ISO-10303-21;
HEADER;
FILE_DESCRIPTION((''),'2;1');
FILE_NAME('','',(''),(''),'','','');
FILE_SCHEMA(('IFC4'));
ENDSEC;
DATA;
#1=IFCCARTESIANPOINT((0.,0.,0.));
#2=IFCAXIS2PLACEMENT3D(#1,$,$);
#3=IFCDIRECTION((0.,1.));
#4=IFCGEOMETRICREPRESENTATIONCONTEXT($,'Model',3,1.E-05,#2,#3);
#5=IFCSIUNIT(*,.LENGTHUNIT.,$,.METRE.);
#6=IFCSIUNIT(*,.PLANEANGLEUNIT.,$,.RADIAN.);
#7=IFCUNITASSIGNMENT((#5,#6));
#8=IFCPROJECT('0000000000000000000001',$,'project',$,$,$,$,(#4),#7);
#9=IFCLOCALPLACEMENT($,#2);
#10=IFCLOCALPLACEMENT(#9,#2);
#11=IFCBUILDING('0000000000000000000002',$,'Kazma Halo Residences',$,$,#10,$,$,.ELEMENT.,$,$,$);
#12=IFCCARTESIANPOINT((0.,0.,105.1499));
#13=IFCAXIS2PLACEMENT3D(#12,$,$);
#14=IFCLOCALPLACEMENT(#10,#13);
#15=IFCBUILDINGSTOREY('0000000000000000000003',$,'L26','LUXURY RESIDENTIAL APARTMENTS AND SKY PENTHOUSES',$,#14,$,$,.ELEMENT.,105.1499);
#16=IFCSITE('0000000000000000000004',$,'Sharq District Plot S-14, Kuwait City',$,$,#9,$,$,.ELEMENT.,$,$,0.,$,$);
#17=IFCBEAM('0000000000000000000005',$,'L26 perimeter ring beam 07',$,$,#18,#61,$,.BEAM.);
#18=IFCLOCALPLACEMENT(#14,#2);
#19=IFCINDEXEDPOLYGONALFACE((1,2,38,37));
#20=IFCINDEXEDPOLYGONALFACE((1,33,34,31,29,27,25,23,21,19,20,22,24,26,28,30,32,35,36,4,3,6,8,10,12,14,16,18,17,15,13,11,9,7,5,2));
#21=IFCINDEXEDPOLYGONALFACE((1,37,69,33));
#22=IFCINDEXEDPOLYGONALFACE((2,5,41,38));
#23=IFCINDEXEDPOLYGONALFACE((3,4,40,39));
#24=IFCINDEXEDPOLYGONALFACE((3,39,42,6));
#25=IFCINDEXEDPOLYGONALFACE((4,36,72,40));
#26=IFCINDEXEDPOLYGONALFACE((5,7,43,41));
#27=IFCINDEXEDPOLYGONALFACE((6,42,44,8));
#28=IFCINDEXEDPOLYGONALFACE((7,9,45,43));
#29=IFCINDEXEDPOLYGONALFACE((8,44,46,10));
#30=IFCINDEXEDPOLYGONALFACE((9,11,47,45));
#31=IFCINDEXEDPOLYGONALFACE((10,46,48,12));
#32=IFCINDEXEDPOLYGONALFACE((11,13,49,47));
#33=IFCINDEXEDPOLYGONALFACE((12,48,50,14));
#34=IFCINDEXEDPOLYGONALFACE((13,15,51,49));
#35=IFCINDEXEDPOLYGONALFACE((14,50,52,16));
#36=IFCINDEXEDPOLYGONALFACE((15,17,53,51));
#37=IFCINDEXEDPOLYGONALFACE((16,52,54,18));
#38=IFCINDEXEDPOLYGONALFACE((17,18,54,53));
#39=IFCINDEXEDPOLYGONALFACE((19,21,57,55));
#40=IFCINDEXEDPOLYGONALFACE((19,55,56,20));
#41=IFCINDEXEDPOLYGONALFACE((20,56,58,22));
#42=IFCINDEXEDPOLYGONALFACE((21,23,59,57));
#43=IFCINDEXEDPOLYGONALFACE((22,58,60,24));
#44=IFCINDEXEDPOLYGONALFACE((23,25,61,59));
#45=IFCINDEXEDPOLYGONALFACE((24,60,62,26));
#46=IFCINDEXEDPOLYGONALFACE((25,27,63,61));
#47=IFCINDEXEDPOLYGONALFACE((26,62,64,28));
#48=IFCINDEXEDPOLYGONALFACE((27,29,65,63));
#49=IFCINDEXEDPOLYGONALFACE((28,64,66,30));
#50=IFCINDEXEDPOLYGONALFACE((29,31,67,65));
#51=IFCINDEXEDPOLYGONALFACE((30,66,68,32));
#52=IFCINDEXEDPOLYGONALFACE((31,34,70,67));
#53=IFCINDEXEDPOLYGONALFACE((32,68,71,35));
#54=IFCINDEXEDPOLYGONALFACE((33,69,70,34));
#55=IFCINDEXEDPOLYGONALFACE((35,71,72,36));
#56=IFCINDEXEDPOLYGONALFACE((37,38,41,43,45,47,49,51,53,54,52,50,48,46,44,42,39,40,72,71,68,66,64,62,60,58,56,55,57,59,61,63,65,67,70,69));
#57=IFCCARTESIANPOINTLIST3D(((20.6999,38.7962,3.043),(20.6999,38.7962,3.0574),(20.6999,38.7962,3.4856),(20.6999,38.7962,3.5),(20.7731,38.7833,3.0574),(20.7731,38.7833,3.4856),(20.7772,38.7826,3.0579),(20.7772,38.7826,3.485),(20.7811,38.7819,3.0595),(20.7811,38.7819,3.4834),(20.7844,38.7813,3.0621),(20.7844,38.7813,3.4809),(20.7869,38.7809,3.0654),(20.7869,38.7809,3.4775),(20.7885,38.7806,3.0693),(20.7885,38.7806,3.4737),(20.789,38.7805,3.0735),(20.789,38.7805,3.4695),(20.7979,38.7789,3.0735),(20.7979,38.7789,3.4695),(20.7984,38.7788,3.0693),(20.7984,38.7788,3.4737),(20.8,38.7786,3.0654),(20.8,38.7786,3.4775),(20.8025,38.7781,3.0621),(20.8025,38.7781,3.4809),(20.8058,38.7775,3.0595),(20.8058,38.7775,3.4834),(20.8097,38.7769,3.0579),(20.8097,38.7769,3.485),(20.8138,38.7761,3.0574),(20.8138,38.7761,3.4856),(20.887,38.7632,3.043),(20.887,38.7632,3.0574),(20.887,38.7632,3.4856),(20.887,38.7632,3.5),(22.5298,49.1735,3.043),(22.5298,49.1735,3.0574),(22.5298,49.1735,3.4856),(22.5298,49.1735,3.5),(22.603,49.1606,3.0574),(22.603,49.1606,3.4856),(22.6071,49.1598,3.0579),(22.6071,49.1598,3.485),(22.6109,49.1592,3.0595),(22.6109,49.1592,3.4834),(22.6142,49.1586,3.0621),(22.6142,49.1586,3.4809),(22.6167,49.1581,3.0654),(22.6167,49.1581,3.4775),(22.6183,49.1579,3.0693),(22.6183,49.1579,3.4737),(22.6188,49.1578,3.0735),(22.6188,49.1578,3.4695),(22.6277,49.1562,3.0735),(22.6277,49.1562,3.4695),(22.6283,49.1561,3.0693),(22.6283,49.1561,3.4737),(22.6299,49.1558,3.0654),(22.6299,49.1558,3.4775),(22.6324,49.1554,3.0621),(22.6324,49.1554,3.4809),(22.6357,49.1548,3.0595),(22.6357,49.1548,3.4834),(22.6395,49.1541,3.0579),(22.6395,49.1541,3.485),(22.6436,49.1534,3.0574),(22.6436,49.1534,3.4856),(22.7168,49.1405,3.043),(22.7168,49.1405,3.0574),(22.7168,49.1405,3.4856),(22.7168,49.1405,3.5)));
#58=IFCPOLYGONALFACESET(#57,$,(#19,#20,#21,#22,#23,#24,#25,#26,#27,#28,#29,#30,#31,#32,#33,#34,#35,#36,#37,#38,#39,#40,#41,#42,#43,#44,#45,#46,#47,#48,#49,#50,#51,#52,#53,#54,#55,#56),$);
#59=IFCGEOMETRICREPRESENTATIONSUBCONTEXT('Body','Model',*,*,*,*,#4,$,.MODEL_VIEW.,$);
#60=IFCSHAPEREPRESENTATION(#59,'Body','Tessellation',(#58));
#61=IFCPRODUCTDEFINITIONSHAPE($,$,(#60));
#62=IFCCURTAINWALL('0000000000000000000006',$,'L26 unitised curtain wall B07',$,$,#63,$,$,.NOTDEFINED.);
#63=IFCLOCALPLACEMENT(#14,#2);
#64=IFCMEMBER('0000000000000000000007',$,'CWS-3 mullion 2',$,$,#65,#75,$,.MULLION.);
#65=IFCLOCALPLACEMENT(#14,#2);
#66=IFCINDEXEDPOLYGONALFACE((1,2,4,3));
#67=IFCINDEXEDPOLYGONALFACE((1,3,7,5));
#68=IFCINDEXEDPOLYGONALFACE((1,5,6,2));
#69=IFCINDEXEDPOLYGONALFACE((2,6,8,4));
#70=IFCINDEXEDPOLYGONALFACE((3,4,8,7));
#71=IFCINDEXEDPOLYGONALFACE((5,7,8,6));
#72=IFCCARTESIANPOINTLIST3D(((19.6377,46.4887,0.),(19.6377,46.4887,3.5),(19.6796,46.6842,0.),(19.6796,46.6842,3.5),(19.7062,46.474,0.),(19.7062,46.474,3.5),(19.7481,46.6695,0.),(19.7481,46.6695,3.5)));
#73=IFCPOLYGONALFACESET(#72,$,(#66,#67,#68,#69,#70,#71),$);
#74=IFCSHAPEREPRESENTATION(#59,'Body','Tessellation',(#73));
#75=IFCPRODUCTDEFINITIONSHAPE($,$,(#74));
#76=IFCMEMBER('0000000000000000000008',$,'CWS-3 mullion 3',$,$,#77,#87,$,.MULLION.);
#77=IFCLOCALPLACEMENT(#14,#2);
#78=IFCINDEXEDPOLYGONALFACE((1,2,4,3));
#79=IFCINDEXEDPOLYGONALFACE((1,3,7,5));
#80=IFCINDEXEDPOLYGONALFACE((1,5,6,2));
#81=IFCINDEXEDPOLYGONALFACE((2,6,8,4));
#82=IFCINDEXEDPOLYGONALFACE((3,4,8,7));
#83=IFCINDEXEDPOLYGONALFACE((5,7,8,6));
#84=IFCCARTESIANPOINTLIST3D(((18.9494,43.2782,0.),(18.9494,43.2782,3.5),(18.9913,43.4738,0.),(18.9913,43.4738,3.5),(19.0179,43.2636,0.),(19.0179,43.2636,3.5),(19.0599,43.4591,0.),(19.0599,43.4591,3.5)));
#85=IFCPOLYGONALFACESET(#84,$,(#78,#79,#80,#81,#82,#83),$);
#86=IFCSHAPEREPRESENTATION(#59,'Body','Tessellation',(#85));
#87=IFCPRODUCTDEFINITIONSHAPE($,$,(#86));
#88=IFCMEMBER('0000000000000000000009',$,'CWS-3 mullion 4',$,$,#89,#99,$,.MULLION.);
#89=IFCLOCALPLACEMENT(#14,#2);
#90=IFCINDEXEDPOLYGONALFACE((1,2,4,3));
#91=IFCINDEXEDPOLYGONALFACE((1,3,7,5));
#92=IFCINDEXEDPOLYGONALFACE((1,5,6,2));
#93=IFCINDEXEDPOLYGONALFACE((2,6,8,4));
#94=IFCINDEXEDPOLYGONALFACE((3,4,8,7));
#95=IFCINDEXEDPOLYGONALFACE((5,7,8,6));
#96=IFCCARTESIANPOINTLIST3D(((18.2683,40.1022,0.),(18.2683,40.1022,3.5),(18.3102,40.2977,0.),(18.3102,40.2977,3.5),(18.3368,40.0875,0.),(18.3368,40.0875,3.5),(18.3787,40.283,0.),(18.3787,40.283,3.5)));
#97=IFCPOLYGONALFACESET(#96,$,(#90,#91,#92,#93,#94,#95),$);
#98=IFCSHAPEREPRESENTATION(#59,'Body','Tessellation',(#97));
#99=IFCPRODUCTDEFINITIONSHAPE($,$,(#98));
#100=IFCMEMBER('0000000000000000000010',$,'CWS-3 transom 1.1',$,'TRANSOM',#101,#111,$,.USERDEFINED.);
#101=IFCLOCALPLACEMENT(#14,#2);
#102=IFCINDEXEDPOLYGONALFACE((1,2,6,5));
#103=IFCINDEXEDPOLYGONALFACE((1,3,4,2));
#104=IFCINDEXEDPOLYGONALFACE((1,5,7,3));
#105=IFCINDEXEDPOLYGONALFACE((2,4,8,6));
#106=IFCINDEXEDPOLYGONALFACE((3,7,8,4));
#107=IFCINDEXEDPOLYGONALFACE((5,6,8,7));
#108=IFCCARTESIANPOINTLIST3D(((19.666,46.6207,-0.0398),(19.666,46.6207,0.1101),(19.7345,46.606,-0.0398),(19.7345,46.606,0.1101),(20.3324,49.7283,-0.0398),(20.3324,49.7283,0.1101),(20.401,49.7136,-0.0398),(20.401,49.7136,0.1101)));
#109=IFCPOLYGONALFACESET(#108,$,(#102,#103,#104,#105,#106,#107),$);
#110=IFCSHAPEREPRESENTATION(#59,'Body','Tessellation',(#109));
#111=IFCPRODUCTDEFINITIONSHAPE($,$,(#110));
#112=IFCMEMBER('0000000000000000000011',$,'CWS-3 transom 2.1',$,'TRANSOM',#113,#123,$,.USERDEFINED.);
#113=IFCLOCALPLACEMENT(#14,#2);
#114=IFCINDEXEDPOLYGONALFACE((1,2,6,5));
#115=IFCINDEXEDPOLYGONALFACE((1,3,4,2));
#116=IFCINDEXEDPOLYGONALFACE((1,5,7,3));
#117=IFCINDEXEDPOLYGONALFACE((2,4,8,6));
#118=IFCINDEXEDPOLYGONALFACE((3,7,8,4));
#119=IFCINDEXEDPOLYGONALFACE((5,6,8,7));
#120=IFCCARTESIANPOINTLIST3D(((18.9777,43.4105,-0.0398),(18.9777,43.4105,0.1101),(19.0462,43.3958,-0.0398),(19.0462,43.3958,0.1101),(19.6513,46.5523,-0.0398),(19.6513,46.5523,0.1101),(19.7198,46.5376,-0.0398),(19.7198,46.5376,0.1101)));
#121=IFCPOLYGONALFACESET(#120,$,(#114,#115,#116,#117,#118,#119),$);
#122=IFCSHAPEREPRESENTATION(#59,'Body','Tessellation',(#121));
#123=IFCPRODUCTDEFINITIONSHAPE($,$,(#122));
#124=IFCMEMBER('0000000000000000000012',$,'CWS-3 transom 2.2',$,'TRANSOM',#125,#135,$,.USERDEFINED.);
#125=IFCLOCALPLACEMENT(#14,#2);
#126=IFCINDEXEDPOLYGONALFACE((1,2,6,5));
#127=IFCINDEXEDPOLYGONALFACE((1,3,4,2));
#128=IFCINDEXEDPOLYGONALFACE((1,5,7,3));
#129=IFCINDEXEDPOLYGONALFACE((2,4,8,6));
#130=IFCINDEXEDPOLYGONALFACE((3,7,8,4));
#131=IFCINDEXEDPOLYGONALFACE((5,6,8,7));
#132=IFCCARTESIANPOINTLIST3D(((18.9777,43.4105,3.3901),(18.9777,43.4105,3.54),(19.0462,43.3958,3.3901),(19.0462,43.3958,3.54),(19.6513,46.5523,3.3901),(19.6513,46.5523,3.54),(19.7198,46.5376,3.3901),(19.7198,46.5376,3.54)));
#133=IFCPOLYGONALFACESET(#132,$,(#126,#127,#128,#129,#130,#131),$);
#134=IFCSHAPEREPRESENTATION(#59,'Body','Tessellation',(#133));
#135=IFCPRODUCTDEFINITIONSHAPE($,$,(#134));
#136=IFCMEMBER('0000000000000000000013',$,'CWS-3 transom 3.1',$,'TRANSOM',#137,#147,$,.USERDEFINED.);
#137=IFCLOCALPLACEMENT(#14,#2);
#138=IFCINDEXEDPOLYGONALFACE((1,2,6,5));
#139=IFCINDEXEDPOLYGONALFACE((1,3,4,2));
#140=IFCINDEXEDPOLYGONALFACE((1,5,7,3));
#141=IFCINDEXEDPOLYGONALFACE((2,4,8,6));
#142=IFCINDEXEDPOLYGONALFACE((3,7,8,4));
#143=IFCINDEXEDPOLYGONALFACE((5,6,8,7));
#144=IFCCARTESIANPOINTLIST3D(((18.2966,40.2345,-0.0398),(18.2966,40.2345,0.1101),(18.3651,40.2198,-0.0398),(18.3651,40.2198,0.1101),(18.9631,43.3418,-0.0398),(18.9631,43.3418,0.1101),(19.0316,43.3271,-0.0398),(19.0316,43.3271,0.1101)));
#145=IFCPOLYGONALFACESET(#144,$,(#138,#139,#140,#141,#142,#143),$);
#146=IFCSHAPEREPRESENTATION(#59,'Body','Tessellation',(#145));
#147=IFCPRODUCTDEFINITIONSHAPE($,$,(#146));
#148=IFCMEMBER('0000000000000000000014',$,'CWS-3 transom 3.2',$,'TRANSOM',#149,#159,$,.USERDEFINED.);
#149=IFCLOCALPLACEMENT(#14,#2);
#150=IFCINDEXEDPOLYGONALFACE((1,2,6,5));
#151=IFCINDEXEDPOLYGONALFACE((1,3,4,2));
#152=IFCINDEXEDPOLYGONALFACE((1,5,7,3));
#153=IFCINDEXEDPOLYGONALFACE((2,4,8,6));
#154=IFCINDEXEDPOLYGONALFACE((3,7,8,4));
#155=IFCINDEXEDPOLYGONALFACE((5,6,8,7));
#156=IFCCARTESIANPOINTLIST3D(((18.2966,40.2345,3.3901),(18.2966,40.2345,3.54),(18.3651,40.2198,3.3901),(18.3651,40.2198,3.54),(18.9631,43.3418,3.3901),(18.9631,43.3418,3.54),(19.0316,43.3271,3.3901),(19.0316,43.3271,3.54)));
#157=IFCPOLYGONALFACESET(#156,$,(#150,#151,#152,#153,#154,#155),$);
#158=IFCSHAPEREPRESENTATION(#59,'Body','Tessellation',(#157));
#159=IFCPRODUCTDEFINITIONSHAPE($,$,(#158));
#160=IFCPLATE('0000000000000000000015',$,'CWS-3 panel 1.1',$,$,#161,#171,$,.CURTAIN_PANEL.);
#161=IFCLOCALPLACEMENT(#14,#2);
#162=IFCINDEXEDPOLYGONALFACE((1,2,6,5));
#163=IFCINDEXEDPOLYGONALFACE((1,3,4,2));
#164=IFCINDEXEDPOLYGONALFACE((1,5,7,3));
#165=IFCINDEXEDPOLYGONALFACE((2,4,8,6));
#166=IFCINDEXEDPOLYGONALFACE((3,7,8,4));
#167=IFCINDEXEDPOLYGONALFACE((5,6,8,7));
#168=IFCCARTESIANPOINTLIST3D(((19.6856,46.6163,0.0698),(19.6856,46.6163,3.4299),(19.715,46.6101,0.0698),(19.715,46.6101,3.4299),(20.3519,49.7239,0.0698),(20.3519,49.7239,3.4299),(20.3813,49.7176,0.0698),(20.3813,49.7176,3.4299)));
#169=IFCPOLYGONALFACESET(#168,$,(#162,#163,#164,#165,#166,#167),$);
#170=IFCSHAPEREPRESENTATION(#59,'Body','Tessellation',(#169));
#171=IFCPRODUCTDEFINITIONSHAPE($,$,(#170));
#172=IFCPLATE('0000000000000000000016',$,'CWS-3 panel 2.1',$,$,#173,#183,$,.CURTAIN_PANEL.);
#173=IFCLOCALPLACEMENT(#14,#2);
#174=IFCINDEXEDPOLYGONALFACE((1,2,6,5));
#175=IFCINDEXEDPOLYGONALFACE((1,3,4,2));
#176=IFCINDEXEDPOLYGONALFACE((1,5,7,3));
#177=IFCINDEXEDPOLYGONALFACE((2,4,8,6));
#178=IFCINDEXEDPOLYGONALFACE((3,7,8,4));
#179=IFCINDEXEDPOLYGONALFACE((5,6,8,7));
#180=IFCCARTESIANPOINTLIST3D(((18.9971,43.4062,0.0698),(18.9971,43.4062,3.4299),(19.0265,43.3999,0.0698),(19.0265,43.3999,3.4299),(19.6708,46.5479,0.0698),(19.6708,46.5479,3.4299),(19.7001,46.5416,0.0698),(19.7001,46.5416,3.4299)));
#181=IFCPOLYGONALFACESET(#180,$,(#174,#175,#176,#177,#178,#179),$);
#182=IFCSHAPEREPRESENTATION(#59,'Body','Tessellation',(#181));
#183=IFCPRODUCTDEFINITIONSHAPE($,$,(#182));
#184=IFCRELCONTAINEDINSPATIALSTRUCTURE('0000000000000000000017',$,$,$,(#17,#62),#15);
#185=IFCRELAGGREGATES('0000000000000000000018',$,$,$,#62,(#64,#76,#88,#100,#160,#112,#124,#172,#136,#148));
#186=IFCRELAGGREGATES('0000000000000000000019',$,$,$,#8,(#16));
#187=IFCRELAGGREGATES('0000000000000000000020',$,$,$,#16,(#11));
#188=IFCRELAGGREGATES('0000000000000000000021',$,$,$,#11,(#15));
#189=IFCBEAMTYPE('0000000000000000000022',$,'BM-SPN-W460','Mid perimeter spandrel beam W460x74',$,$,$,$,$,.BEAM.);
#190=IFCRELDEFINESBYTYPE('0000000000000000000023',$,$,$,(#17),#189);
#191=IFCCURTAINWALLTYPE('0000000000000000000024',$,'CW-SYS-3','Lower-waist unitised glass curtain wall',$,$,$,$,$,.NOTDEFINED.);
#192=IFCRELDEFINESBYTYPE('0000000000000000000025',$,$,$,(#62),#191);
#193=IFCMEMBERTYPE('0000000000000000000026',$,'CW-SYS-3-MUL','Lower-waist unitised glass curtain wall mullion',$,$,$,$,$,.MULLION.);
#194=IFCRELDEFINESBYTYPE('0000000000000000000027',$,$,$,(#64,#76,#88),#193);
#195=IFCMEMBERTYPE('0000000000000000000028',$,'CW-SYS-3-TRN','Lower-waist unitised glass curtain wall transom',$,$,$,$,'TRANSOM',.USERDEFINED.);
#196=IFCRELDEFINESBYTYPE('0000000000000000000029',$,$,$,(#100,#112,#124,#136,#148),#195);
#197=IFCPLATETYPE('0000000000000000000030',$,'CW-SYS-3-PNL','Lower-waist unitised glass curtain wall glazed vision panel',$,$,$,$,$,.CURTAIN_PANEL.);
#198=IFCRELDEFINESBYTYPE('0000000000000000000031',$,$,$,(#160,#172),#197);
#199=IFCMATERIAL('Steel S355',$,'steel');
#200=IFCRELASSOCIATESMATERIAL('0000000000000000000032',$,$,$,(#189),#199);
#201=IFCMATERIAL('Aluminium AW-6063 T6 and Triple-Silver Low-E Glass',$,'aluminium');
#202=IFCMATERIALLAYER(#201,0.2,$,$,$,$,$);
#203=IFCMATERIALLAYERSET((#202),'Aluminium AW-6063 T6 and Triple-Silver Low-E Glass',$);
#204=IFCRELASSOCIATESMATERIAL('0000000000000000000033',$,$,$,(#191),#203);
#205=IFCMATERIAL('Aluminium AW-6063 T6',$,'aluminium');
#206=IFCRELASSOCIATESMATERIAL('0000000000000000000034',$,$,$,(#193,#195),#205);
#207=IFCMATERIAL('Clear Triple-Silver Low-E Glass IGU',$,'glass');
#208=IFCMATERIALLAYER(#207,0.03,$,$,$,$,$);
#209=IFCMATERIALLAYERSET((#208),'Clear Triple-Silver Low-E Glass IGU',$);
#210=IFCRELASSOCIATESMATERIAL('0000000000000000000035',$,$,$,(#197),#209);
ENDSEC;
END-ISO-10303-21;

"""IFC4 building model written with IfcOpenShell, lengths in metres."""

from ifc_helpers import new_model, si_unit, direction, frame, origin, origin_2d, place, context, subcontext, project, spatial, rectangle, i_section, extrude, material, layer, layer_set, material_profile, profile_set, type_object, element, aggregate, save


model = new_model("IFC4")

# Units and contexts
model_context = context("Model", 3, precision=1e-05, world=origin(), true_north=direction((0.0, 1.0)))
body_context = subcontext(model_context, "Body", "Model", "MODEL_VIEW")
ifc_project = project(units=[si_unit("LENGTHUNIT", "METRE"), si_unit("PLANEANGLEUNIT", "RADIAN")], contexts=[model_context])

# Site, building, storey
site_placement = place(None, origin())
site = spatial("IfcSite", under=ifc_project, at=site_placement, Name="Sharq District Plot S-14, Kuwait City", CompositionType="ELEMENT", RefElevation=0.0)
building_placement = place(site_placement, origin())
building = spatial("IfcBuilding", under=site, at=building_placement, Name="Kazma Halo Residences", CompositionType="ELEMENT")
storey_placement = place(building_placement, frame((0.0, 0.0, 105.1499)))
storey = spatial("IfcBuildingStorey", under=building, at=storey_placement, Name="L26", Description="LUXURY RESIDENTIAL APARTMENTS AND SKY PENTHOUSES", CompositionType="ELEMENT", Elevation=105.1499)

# Beam
ifc_material_1 = material(Name="Steel S355", Category="steel")
ifc_material_profile_1 = material_profile(ifc_material_1, i_section(OverallWidth=0.1899, OverallDepth=0.457, WebThickness=0.009, FlangeThickness=0.0144, FilletRadius=0.0161, at=origin_2d()), Name="W460x74")
ifc_profile_set_1 = profile_set([ifc_material_profile_1], Name="Steel S355")
beam_type_1 = type_object("IfcBeamType", Name="BM-SPN-W460", Description="Mid perimeter spandrel beam W460x74", PredefinedType="BEAM", material=ifc_profile_set_1)
beam_1_placement = place(storey_placement, frame((22.6233, 49.157, 3.2715), z_axis=(-0.173653, -0.984807, 0.0), x_axis=(0.984807, -0.173653, 0.0)))
element("IfcBeam", 1, at=beam_1_placement, inside=storey, type_object=beam_type_1, Name="L26 perimeter ring beam 07", PredefinedType="BEAM", context=body_context, shape_type="SweptSolid", body=[
    extrude(i_section(OverallWidth=0.1899, OverallDepth=0.457, WebThickness=0.009, FlangeThickness=0.0144, FilletRadius=0.0161, at=origin_2d()), origin(), (0.0, 0.0, 1.0), 10.5374),
])

# Curtain wall, members, plates
ifc_material_2 = material(Name="Aluminium AW-6063 T6 and Triple-Silver Low-E Glass", Category="aluminium")
ifc_layer_1 = layer(ifc_material_2, 0.2)
ifc_layer_set_1 = layer_set([ifc_layer_1], Name="Aluminium AW-6063 T6 and Triple-Silver Low-E Glass")
curtain_wall_type = type_object("IfcCurtainWallType", Name="CW-SYS-3", Description="Lower-waist unitised glass curtain wall", PredefinedType="NOTDEFINED", material=ifc_layer_set_1)
curtain_wall_placement = place(storey_placement, origin())
curtain_wall = element("IfcCurtainWall", 2, at=curtain_wall_placement, inside=storey, type_object=curtain_wall_type, Name="L26 unitised curtain wall B07", PredefinedType="NOTDEFINED")
ifc_material_3 = material(Name="Aluminium AW-6063 T6", Category="aluminium")
ifc_material_profile_2 = material_profile(ifc_material_3, rectangle(XDim=0.0701, YDim=0.2, at=origin_2d()), Name="CWM-70x200")
ifc_profile_set_2 = profile_set([ifc_material_profile_2], Name="Aluminium AW-6063 T6")
member_type_1 = type_object("IfcMemberType", Name="CW-SYS-3-MUL", Description="Lower-waist unitised glass curtain wall mullion", PredefinedType="MULLION", material=ifc_profile_set_2)
member_1_placement = place(storey_placement, frame((19.6929, 46.5791, 0.0), z_axis=(0.0, 0.0, 1.0), x_axis=(0.977774, -0.209661, 0.0)))
member_1 = element("IfcMember", 3, at=member_1_placement, type_object=member_type_1, Name="CWS-3 mullion 2", PredefinedType="MULLION", context=body_context, shape_type="SweptSolid", body=[
    extrude(rectangle(XDim=0.0701, YDim=0.2, at=origin_2d()), origin(), (0.0, 0.0, 1.0), 3.5),
])
member_2_placement = place(storey_placement, frame((19.0046, 43.3687, 0.0), z_axis=(0.0, 0.0, 1.0), x_axis=(0.977774, -0.209661, 0.0)))
member_2 = element("IfcMember", 4, at=member_2_placement, type_object=member_type_1, Name="CWS-3 mullion 3", PredefinedType="MULLION", context=body_context, shape_type="SweptSolid", body=[
    extrude(rectangle(XDim=0.0701, YDim=0.2, at=origin_2d()), origin(), (0.0, 0.0, 1.0), 3.5),
])
member_3_placement = place(storey_placement, frame((18.3235, 40.1926, 0.0), z_axis=(0.0, 0.0, 1.0), x_axis=(0.977774, -0.209661, 0.0)))
member_3 = element("IfcMember", 5, at=member_3_placement, type_object=member_type_1, Name="CWS-3 mullion 4", PredefinedType="MULLION", context=body_context, shape_type="SweptSolid", body=[
    extrude(rectangle(XDim=0.0701, YDim=0.2, at=origin_2d()), origin(), (0.0, 0.0, 1.0), 3.5),
])
ifc_material_profile_3 = material_profile(ifc_material_3, rectangle(XDim=0.0701, YDim=0.1499, at=origin_2d()), Name="CWT-70x150")
ifc_profile_set_3 = profile_set([ifc_material_profile_3], Name="Aluminium AW-6063 T6")
member_type_2 = type_object("IfcMemberType", Name="CW-SYS-3-TRN", Description="Lower-waist unitised glass curtain wall transom", ElementType="TRANSOM", PredefinedType="USERDEFINED", material=ifc_profile_set_3)
member_4_placement = place(storey_placement, frame((20.3667, 49.7209, 0.0352), z_axis=(-0.209702, -0.977765, 0.0), x_axis=(0.977765, -0.209702, 0.0)))
member_4 = element("IfcMember", 6, at=member_4_placement, type_object=member_type_2, Name="CWS-3 transom 1.1", ObjectType="TRANSOM", PredefinedType="USERDEFINED", context=body_context, shape_type="SweptSolid", body=[
    extrude(rectangle(XDim=0.0701, YDim=0.1499, at=origin_2d()), origin(), (0.0, 0.0, 1.0), 3.1782),
])
member_5_placement = place(storey_placement, frame((19.6855, 46.5449, 0.0352), z_axis=(-0.209628, -0.977781, 0.0), x_axis=(0.977781, -0.209628, 0.0)))
member_5 = element("IfcMember", 7, at=member_5_placement, type_object=member_type_2, Name="CWS-3 transom 2.1", ObjectType="TRANSOM", PredefinedType="USERDEFINED", context=body_context, shape_type="SweptSolid", body=[
    extrude(rectangle(XDim=0.0701, YDim=0.1499, at=origin_2d()), origin(), (0.0, 0.0, 1.0), 3.2131),
])
member_6_placement = place(storey_placement, frame((19.6855, 46.5449, 3.4651), z_axis=(-0.209628, -0.977781, 0.0), x_axis=(0.977781, -0.209628, 0.0)))
member_6 = element("IfcMember", 8, at=member_6_placement, type_object=member_type_2, Name="CWS-3 transom 2.2", ObjectType="TRANSOM", PredefinedType="USERDEFINED", context=body_context, shape_type="SweptSolid", body=[
    extrude(rectangle(XDim=0.0701, YDim=0.1499, at=origin_2d()), origin(), (0.0, 0.0, 1.0), 3.2131),
])
member_7_placement = place(storey_placement, frame((18.9973, 43.3345, 0.0352), z_axis=(-0.209718, -0.977762, 0.0), x_axis=(0.977762, -0.209718, 0.0)))
member_7 = element("IfcMember", 9, at=member_7_placement, type_object=member_type_2, Name="CWS-3 transom 3.1", ObjectType="TRANSOM", PredefinedType="USERDEFINED", context=body_context, shape_type="SweptSolid", body=[
    extrude(rectangle(XDim=0.0701, YDim=0.1499, at=origin_2d()), origin(), (0.0, 0.0, 1.0), 3.178),
])
member_8_placement = place(storey_placement, frame((18.9973, 43.3345, 3.4651), z_axis=(-0.209718, -0.977762, 0.0), x_axis=(0.977762, -0.209718, 0.0)))
member_8 = element("IfcMember", 10, at=member_8_placement, type_object=member_type_2, Name="CWS-3 transom 3.2", ObjectType="TRANSOM", PredefinedType="USERDEFINED", context=body_context, shape_type="SweptSolid", body=[
    extrude(rectangle(XDim=0.0701, YDim=0.1499, at=origin_2d()), origin(), (0.0, 0.0, 1.0), 3.178),
])
ifc_material_4 = material(Name="Clear Triple-Silver Low-E Glass IGU", Category="glass")
ifc_layer_2 = layer(ifc_material_4, 0.03)
ifc_layer_set_2 = layer_set([ifc_layer_2], Name="Clear Triple-Silver Low-E Glass IGU")
plate_type = type_object("IfcPlateType", Name="CW-SYS-3-PNL", Description="Lower-waist unitised glass curtain wall glazed vision panel", PredefinedType="CURTAIN_PANEL", material=ifc_layer_set_2)
plate_1_placement = place(storey_placement, frame((20.0334, 48.167, 0.0698), z_axis=(0.0, 0.0, 1.0), x_axis=(-0.209661, -0.977774, 0.0)))
plate_1 = element("IfcPlate", 11, at=plate_1_placement, type_object=plate_type, Name="CWS-3 panel 1.1", PredefinedType="CURTAIN_PANEL", context=body_context, shape_type="SweptSolid", body=[
    extrude(rectangle(XDim=3.1782, YDim=0.03, at=origin_2d()), origin(), (0.0, 0.0, 1.0), 3.3601),
])
plate_2_placement = place(storey_placement, frame((19.3486, 44.9739, 0.0698), z_axis=(0.0, 0.0, 1.0), x_axis=(-0.209661, -0.977774, 0.0)))
plate_2 = element("IfcPlate", 12, at=plate_2_placement, type_object=plate_type, Name="CWS-3 panel 2.1", PredefinedType="CURTAIN_PANEL", context=body_context, shape_type="SweptSolid", body=[
    extrude(rectangle(XDim=3.2131, YDim=0.03, at=origin_2d()), origin(), (0.0, 0.0, 1.0), 3.3601),
])
aggregate(curtain_wall, [member_1, member_2, member_3, member_4, plate_1, member_5, member_6, plate_2, member_7, member_8])

save(model, "model.ifc")
